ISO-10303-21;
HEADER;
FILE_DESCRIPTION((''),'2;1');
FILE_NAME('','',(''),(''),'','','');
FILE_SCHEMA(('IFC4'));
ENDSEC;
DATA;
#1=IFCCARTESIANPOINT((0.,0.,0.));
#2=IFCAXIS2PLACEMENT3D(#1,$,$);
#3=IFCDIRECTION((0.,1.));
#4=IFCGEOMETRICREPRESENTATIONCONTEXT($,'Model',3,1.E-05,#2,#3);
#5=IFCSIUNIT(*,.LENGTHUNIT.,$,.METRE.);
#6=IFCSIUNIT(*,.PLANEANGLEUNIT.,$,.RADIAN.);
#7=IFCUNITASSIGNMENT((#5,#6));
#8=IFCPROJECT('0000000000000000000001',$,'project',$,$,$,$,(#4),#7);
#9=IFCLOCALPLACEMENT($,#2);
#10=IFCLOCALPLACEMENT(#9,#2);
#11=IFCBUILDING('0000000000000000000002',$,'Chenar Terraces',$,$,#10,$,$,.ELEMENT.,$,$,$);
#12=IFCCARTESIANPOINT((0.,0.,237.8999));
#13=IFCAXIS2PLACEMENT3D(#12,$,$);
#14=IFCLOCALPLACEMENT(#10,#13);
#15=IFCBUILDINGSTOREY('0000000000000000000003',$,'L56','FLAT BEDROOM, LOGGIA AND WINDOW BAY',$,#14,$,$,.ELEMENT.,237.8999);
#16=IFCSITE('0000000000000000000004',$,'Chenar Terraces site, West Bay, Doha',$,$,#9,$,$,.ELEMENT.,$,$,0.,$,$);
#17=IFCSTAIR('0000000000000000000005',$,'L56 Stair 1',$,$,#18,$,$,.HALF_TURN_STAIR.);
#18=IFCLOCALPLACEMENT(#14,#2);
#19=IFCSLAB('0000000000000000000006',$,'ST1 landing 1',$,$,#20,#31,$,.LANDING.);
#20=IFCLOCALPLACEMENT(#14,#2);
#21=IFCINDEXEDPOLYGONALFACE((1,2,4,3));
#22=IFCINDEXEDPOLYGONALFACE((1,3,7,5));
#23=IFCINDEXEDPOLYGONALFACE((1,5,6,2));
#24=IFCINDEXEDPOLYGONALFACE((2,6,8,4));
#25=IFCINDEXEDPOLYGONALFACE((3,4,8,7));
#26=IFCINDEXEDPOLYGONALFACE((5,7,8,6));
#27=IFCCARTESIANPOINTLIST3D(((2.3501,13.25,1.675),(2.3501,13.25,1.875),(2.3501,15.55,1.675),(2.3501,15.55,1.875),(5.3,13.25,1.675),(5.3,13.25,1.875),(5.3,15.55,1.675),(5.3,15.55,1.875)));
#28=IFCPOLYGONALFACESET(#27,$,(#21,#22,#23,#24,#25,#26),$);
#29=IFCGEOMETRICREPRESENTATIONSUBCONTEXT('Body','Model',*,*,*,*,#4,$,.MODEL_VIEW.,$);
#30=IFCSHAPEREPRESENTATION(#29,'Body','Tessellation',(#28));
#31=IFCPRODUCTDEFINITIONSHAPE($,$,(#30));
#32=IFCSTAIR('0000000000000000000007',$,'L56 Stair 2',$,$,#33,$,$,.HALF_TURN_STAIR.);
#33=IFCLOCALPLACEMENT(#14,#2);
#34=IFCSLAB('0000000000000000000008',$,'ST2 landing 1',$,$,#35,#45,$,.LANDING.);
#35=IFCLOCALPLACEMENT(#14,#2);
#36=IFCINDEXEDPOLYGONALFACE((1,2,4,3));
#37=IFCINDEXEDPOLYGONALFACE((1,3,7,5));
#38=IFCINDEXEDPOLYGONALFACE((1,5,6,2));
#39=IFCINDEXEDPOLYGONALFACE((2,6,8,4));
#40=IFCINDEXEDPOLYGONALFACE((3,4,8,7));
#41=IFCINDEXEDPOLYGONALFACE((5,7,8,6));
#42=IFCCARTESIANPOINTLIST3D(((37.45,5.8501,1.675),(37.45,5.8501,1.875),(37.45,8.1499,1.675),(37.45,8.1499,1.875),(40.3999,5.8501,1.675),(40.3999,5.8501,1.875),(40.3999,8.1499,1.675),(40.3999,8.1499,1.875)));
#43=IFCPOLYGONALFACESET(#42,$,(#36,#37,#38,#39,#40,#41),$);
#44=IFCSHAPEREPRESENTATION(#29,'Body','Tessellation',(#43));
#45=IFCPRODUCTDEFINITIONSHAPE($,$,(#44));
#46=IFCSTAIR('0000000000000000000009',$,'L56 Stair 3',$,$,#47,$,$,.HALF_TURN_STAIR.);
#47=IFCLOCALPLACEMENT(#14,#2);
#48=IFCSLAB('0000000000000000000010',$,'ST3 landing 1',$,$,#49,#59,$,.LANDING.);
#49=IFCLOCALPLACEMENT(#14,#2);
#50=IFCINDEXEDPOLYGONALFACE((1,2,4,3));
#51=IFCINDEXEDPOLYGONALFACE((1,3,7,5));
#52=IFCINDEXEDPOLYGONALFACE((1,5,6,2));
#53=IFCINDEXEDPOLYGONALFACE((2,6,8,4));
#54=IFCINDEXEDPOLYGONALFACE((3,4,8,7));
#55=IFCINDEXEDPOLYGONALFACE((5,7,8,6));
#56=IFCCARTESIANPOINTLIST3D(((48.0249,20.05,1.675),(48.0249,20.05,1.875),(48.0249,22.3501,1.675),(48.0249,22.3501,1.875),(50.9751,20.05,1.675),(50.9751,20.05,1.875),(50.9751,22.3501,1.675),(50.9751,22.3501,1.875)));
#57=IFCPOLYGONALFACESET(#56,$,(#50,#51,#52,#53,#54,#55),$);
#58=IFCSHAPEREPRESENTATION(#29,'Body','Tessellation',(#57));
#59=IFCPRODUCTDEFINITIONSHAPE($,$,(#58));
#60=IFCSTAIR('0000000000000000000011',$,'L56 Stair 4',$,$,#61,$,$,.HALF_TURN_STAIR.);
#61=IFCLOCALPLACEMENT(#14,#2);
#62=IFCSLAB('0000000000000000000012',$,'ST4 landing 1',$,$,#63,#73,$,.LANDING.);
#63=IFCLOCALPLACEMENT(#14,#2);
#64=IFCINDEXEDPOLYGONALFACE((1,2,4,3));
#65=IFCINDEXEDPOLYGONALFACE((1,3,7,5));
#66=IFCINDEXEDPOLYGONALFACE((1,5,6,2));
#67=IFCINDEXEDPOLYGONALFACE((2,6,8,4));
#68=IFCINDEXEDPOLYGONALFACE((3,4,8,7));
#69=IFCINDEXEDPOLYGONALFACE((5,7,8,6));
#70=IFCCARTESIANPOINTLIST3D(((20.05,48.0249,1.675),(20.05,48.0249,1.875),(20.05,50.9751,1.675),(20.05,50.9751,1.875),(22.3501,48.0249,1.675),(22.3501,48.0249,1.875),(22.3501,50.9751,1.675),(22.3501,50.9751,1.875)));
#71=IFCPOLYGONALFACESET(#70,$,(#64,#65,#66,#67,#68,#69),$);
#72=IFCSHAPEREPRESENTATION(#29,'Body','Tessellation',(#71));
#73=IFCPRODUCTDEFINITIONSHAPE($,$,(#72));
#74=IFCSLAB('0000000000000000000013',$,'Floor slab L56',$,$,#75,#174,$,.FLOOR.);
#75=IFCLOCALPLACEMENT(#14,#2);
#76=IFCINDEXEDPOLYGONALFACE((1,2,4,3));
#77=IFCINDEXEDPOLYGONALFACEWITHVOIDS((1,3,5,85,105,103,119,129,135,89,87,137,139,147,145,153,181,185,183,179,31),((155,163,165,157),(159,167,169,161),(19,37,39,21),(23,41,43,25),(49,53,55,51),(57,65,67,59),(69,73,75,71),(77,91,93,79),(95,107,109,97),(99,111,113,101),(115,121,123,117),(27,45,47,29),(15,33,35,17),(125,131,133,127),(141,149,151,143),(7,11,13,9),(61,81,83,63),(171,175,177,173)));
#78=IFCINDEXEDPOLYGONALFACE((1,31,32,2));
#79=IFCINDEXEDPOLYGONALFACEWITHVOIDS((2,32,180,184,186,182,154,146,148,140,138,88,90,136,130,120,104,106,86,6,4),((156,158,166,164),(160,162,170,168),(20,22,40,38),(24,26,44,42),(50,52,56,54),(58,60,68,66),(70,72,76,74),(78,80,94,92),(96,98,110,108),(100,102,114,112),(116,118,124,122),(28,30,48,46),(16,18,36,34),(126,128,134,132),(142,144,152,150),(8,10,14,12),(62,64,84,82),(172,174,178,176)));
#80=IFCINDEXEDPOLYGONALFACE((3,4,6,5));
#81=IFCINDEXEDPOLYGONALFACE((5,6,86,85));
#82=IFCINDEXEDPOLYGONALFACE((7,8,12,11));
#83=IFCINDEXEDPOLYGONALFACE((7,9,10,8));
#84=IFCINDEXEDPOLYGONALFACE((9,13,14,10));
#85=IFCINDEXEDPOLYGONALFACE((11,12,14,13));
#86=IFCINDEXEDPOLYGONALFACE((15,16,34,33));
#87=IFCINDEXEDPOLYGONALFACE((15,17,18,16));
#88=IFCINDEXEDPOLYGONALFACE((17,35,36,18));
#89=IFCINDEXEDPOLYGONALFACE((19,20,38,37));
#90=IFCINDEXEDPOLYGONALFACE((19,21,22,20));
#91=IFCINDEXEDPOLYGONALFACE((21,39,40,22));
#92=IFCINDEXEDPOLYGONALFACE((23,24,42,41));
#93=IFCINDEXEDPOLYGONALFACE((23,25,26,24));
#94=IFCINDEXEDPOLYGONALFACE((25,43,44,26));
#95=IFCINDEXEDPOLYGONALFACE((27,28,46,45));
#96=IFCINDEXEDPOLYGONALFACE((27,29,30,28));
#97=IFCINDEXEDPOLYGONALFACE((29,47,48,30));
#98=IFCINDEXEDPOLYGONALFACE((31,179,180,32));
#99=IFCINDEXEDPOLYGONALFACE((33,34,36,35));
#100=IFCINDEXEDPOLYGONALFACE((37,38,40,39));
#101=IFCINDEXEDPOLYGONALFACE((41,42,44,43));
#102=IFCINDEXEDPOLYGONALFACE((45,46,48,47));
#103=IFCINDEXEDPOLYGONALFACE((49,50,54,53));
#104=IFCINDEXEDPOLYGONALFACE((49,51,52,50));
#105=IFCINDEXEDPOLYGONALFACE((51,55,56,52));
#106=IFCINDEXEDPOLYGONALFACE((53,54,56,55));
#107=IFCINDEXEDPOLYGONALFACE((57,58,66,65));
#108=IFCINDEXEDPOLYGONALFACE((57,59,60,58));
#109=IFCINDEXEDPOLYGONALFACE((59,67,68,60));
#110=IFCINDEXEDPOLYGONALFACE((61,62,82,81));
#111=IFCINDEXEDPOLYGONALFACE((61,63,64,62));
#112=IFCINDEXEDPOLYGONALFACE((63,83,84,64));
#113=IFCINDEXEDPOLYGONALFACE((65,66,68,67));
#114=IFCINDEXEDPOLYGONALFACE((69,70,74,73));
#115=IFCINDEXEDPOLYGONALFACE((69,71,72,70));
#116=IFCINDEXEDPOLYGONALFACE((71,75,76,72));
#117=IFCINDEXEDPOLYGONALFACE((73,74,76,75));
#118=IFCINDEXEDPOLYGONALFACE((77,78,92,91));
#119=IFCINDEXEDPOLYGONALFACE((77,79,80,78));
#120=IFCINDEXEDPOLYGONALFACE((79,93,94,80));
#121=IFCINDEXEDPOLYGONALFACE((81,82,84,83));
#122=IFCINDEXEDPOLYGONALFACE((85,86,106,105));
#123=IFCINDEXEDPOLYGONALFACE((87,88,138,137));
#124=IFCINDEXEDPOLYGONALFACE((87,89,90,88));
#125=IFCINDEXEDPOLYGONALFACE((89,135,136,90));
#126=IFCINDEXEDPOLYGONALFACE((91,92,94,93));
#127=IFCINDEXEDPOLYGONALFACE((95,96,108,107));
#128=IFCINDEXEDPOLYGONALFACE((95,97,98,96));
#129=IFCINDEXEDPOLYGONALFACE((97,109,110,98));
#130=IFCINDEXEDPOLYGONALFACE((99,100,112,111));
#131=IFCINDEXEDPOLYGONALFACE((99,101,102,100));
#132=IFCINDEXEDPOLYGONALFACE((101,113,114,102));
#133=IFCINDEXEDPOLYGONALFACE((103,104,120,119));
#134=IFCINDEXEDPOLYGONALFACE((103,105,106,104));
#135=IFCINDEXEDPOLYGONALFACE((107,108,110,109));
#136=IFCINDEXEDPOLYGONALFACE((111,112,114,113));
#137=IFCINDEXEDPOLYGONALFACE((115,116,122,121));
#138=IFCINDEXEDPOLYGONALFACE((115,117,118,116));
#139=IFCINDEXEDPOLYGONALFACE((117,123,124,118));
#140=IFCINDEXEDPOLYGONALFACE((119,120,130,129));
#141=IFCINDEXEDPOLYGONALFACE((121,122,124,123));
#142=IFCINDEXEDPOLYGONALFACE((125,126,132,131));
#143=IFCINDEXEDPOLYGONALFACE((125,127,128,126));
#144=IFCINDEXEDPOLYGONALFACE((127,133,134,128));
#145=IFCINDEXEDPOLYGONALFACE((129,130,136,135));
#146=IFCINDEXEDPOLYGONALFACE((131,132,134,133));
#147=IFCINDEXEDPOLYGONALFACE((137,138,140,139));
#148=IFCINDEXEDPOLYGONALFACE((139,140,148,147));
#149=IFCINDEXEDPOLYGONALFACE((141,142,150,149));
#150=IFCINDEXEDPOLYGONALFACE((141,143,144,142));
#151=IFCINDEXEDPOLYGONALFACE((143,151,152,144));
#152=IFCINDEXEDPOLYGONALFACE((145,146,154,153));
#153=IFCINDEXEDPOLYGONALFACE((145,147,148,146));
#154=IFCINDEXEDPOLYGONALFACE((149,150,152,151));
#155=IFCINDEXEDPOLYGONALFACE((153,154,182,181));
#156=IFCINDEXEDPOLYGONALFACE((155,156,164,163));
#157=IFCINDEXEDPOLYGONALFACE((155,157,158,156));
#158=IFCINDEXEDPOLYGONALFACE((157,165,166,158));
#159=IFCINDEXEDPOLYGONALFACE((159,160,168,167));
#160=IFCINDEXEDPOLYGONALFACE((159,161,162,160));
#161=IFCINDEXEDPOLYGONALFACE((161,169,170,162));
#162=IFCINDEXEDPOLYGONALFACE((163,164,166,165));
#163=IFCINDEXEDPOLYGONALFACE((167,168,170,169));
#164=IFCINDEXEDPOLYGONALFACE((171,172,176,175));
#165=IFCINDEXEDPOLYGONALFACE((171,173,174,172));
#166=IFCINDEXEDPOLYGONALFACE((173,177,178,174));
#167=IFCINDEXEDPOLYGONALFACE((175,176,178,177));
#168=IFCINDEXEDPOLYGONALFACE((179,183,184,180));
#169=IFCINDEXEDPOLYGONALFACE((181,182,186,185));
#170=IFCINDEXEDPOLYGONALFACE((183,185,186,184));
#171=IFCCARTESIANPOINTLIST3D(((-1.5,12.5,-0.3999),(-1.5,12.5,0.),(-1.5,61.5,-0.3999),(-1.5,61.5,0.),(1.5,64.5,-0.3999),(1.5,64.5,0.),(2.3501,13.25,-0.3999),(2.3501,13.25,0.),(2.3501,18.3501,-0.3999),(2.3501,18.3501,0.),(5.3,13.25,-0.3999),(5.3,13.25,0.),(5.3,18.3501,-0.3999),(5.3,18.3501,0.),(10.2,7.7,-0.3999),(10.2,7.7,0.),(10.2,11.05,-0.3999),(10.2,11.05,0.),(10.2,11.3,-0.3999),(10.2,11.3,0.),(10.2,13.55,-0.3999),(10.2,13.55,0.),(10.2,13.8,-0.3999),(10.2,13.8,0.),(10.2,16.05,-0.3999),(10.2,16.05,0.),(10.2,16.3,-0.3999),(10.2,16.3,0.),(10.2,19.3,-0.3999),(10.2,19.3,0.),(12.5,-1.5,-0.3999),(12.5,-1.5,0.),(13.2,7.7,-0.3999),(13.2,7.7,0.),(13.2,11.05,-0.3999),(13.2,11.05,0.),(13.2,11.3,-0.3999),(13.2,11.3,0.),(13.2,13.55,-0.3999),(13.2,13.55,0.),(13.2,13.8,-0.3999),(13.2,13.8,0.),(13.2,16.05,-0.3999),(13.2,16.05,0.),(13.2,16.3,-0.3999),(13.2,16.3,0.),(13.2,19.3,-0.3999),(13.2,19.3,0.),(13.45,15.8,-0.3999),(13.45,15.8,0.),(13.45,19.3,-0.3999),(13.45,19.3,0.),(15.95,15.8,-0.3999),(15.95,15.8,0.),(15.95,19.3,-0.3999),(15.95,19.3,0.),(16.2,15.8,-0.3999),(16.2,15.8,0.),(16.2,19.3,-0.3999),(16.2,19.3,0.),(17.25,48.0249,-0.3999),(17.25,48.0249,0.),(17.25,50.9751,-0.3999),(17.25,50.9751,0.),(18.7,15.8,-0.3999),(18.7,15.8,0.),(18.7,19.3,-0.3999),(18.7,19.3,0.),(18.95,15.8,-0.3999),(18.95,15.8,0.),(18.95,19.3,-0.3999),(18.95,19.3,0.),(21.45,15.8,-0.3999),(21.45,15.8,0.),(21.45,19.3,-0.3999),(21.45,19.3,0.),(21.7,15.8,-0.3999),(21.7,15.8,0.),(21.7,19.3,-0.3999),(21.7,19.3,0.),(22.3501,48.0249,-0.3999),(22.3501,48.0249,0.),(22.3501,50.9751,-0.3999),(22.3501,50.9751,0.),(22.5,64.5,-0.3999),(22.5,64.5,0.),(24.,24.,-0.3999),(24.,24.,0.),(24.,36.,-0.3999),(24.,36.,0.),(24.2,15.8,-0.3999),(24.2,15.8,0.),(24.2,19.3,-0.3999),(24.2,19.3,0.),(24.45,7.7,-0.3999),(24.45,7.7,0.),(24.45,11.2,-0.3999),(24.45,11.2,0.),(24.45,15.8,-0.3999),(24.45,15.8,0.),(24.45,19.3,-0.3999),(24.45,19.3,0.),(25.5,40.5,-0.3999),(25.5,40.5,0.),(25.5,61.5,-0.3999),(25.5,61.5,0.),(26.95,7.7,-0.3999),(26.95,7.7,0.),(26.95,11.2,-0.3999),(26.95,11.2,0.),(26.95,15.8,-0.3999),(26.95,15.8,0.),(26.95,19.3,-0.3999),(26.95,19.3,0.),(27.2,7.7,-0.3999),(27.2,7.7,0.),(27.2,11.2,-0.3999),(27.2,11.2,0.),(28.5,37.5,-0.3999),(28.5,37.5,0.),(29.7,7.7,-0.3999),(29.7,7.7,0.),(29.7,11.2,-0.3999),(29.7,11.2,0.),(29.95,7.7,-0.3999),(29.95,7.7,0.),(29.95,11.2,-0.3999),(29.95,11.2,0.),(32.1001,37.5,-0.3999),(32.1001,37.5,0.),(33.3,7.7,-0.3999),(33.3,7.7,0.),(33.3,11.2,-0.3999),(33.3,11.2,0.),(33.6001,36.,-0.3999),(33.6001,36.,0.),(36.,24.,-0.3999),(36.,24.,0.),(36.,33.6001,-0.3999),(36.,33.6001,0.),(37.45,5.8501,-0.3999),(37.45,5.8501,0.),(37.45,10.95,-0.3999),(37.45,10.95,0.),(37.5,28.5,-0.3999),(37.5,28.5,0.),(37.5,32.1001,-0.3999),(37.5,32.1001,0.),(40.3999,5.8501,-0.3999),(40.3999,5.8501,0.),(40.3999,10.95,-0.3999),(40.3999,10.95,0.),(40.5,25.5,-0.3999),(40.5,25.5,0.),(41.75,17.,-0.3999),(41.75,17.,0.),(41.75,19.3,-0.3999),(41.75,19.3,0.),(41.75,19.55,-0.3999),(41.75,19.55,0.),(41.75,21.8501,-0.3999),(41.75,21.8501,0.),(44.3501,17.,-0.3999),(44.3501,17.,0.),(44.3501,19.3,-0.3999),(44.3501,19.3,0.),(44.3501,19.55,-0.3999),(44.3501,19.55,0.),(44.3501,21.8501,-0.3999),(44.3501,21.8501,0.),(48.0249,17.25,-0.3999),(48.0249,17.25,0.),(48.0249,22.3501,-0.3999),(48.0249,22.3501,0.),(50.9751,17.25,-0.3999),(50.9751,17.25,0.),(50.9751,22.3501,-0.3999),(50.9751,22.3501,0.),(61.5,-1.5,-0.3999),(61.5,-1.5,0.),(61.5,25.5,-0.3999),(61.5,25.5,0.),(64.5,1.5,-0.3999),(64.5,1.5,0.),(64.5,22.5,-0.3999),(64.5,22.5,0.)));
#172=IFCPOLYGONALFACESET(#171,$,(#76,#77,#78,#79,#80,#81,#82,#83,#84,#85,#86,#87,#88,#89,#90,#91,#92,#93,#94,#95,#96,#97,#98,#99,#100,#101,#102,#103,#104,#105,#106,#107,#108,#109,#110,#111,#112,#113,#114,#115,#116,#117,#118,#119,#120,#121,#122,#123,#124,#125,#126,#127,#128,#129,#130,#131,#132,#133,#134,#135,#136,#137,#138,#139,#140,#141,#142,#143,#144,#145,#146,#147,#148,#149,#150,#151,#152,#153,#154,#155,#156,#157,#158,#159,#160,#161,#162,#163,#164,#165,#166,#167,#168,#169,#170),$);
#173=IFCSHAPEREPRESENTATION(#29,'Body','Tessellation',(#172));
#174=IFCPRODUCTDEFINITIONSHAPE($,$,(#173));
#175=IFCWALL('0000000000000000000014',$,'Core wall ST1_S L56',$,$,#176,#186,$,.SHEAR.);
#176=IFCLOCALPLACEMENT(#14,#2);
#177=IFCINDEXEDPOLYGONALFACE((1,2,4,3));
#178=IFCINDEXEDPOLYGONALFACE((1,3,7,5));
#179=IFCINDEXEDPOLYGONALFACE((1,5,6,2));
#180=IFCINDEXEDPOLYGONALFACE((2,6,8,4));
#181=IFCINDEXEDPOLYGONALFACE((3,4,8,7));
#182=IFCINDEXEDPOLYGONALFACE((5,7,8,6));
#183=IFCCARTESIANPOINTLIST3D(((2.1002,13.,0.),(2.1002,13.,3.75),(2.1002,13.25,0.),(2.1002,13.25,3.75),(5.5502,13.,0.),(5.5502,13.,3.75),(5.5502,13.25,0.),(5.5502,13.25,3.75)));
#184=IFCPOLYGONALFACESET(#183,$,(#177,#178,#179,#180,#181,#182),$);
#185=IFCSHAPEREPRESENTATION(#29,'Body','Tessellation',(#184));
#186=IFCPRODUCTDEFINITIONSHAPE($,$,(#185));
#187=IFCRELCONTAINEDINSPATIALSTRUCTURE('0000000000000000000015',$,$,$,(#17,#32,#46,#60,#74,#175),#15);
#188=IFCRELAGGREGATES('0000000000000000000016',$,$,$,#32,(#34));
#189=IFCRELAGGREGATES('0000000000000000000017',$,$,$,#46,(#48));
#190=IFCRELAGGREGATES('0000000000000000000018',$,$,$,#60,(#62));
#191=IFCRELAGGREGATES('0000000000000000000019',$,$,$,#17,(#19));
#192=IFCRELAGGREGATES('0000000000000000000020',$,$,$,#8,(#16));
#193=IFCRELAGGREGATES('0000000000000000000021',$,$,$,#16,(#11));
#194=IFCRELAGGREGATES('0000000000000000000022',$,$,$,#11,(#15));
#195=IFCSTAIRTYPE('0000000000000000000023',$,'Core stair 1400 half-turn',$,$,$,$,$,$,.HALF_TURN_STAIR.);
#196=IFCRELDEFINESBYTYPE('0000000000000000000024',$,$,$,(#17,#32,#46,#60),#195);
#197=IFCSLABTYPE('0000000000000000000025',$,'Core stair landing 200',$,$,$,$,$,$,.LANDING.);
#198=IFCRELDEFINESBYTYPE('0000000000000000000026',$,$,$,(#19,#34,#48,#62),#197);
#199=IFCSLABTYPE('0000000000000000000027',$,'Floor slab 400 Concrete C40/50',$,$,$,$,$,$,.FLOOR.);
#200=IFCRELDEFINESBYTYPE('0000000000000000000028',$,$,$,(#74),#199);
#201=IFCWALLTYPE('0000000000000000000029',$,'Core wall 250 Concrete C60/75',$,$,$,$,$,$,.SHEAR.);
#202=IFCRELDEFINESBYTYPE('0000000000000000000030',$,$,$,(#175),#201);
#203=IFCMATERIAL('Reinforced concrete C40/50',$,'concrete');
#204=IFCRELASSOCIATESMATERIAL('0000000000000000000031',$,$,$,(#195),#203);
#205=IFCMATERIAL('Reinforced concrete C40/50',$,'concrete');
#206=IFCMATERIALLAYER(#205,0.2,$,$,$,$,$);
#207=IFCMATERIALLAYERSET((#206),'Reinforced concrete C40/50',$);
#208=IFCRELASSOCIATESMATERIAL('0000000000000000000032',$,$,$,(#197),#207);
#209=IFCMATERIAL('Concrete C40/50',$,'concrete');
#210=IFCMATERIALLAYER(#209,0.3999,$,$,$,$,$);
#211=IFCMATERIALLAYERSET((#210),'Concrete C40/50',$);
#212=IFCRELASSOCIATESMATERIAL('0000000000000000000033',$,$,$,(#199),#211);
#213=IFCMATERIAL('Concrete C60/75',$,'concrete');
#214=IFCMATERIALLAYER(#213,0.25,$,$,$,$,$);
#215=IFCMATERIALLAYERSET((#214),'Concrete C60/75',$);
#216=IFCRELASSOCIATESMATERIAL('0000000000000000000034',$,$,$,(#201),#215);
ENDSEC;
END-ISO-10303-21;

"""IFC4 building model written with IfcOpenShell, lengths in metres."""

from ifc_helpers import new_model, si_unit, direction, frame, frame_2d, origin, place, context, subcontext, project, spatial, polyline, rectangle, outline, extrude, material, layer, layer_set, type_object, element, aggregate, save


model = new_model("IFC4")

# Units and contexts
model_context = context("Model", 3, precision=1e-05, world=origin(), true_north=direction((0.0, 1.0)))
body_context = subcontext(model_context, "Body", "Model", "MODEL_VIEW")
ifc_project = project(units=[si_unit("LENGTHUNIT", "METRE"), si_unit("PLANEANGLEUNIT", "RADIAN")], contexts=[model_context])

# Site, building, storey
site_placement = place(None, origin())
site = spatial("IfcSite", under=ifc_project, at=site_placement, Name="Chenar Terraces site, West Bay, Doha", CompositionType="ELEMENT", RefElevation=0.0)
building_placement = place(site_placement, origin())
building = spatial("IfcBuilding", under=site, at=building_placement, Name="Chenar Terraces", CompositionType="ELEMENT")
storey_placement = place(building_placement, frame((0.0, 0.0, 237.8999)))
storey = spatial("IfcBuildingStorey", under=building, at=storey_placement, Name="L56", Description="FLAT BEDROOM, LOGGIA AND WINDOW BAY", CompositionType="ELEMENT", Elevation=237.8999)

# Stairs, slabs
ifc_material_1 = material(Name="Reinforced concrete C40/50", Category="concrete")
stair_type = type_object("IfcStairType", Name="Core stair 1400 half-turn", PredefinedType="HALF_TURN_STAIR", material=ifc_material_1)
placement_1 = place(storey_placement, origin())
stair_1 = element("IfcStair", 1, at=placement_1, inside=storey, type_object=stair_type, Name="L56 Stair 1", PredefinedType="HALF_TURN_STAIR")
ifc_material_2 = material(Name="Reinforced concrete C40/50", Category="concrete")
ifc_layer_1 = layer(ifc_material_2, 0.2)
ifc_layer_set_1 = layer_set([ifc_layer_1], Name="Reinforced concrete C40/50")
slab_type_1 = type_object("IfcSlabType", Name="Core stair landing 200", PredefinedType="LANDING", material=ifc_layer_set_1)
placement_2 = place(storey_placement, frame((0.0, 0.0, 1.675)))
slab_1 = element("IfcSlab", 2, at=placement_2, type_object=slab_type_1, Name="ST1 landing 1", PredefinedType="LANDING", context=body_context, shape_type="SweptSolid", body=[
    extrude(outline(polyline([(2.3501, 15.55), (2.3501, 13.25), (5.3, 13.25), (5.3, 15.55), (2.3501, 15.55)])), origin(), (0.0, 0.0, 1.0), 0.2),
])
stair_2 = element("IfcStair", 3, at=placement_1, inside=storey, type_object=stair_type, Name="L56 Stair 2", PredefinedType="HALF_TURN_STAIR")
slab_2 = element("IfcSlab", 4, at=placement_2, type_object=slab_type_1, Name="ST2 landing 1", PredefinedType="LANDING", context=body_context, shape_type="SweptSolid", body=[
    extrude(outline(polyline([(37.45, 8.1499), (37.45, 5.8501), (40.3999, 5.8501), (40.3999, 8.1499), (37.45, 8.1499)])), origin(), (0.0, 0.0, 1.0), 0.2),
])
aggregate(stair_2, [slab_2])
stair_3 = element("IfcStair", 5, at=placement_1, inside=storey, type_object=stair_type, Name="L56 Stair 3", PredefinedType="HALF_TURN_STAIR")
slab_3 = element("IfcSlab", 6, at=placement_2, type_object=slab_type_1, Name="ST3 landing 1", PredefinedType="LANDING", context=body_context, shape_type="SweptSolid", body=[
    extrude(outline(polyline([(50.9751, 20.05), (50.9751, 22.3501), (48.0249, 22.3501), (48.0249, 20.05), (50.9751, 20.05)])), origin(), (0.0, 0.0, 1.0), 0.2),
])
aggregate(stair_3, [slab_3])
stair_4 = element("IfcStair", 7, at=placement_1, inside=storey, type_object=stair_type, Name="L56 Stair 4", PredefinedType="HALF_TURN_STAIR")
slab_4 = element("IfcSlab", 8, at=placement_2, type_object=slab_type_1, Name="ST4 landing 1", PredefinedType="LANDING", context=body_context, shape_type="SweptSolid", body=[
    extrude(outline(polyline([(20.05, 48.0249), (22.3501, 48.0249), (22.3501, 50.9751), (20.05, 50.9751), (20.05, 48.0249)])), origin(), (0.0, 0.0, 1.0), 0.2),
])
aggregate(stair_4, [slab_4])

# Slab
ifc_material_3 = material(Name="Concrete C40/50", Category="concrete")
ifc_layer_2 = layer(ifc_material_3, 0.3999)
ifc_layer_set_2 = layer_set([ifc_layer_2], Name="Concrete C40/50")
slab_type_2 = type_object("IfcSlabType", Name="Floor slab 400 Concrete C40/50", PredefinedType="FLOOR", material=ifc_layer_set_2)
slab_5_placement = place(storey_placement, frame((0.0, 0.0, -0.3999)))
element("IfcSlab", 9, at=slab_5_placement, inside=storey, type_object=slab_type_2, Name="Floor slab L56", PredefinedType="FLOOR", context=body_context, shape_type="SweptSolid", body=[
    extrude(outline(polyline([(64.5, 22.5), (64.5, 1.5), (61.5, -1.5), (12.5, -1.5), (-1.5, 12.5), (-1.5, 61.5), (1.5, 64.5), (22.5, 64.5), (25.5, 61.5), (25.5, 40.5), (28.5, 37.5), (32.1001, 37.5), (33.6001, 36.0), (24.0, 36.0), (24.0, 24.0), (36.0, 24.0), (36.0, 33.6001), (37.5, 32.1001), (37.5, 28.5), (40.5, 25.5), (61.5, 25.5), (64.5, 22.5)]), holes=[polyline([(13.2, 11.05), (10.2, 11.05), (10.2, 7.7), (13.2, 7.7), (13.2, 11.05)]), polyline([(13.2, 13.55), (10.2, 13.55), (10.2, 11.3), (13.2, 11.3), (13.2, 13.55)]), polyline([(13.2, 16.05), (10.2, 16.05), (10.2, 13.8), (13.2, 13.8), (13.2, 16.05)]), polyline([(2.3501, 13.25), (5.3, 13.25), (5.3, 18.3501), (2.3501, 18.3501), (2.3501, 13.25)]), polyline([(15.95, 19.3), (13.45, 19.3), (13.45, 15.8), (15.95, 15.8), (15.95, 19.3)]), polyline([(18.7, 19.3), (16.2, 19.3), (16.2, 15.8), (18.7, 15.8), (18.7, 19.3)]), polyline([(21.45, 19.3), (18.95, 19.3), (18.95, 15.8), (21.45, 15.8), (21.45, 19.3)]), polyline([(24.2, 15.8), (24.2, 19.3), (21.7, 19.3), (21.7, 15.8), (24.2, 15.8)]), polyline([(13.2, 16.3), (13.2, 19.3), (10.2, 19.3), (10.2, 16.3), (13.2, 16.3)]), polyline([(22.3501, 48.0249), (22.3501, 50.9751), (17.25, 50.9751), (17.25, 48.0249), (22.3501, 48.0249)]), polyline([(37.45, 5.8501), (40.3999, 5.8501), (40.3999, 10.95), (37.45, 10.95), (37.45, 5.8501)]), polyline([(26.95, 11.2), (24.45, 11.2), (24.45, 7.7), (26.95, 7.7), (26.95, 11.2)]), polyline([(29.7, 7.7), (29.7, 11.2), (27.2, 11.2), (27.2, 7.7), (29.7, 7.7)]), polyline([(33.3, 7.7), (33.3, 11.2), (29.95, 11.2), (29.95, 7.7), (33.3, 7.7)]), polyline([(26.95, 19.3), (24.45, 19.3), (24.45, 15.8), (26.95, 15.8), (26.95, 19.3)]), polyline([(44.3501, 19.3), (41.75, 19.3), (41.75, 17.0), (44.3501, 17.0), (44.3501, 19.3)]), polyline([(50.9751, 22.3501), (48.0249, 22.3501), (48.0249, 17.25), (50.9751, 17.25), (50.9751, 22.3501)]), polyline([(44.3501, 19.55), (44.3501, 21.8501), (41.75, 21.8501), (41.75, 19.55), (44.3501, 19.55)])]), origin(), (0.0, 0.0, 1.0), 0.3999),
])

# Wall
ifc_material_4 = material(Name="Concrete C60/75", Category="concrete")
ifc_layer_3 = layer(ifc_material_4, 0.25)
ifc_layer_set_3 = layer_set([ifc_layer_3], Name="Concrete C60/75")
wall_type_1 = type_object("IfcWallType", Name="Core wall 250 Concrete C60/75", PredefinedType="SHEAR", material=ifc_layer_set_3)
wall_1_placement = place(storey_placement, frame((2.1001, 13.125, 0.0), z_axis=(0.0, 0.0, 1.0), x_axis=(1.0, 0.0, 0.0)))
element("IfcWall", 10, at=wall_1_placement, inside=storey, type_object=wall_type_1, Name="Core wall ST1_S L56", PredefinedType="SHEAR", context=body_context, shape_type="SweptSolid", body=[
    extrude(rectangle(XDim=3.45, YDim=0.25, at=frame_2d((1.7251, 0.0))), origin(), (0.0, 0.0, 1.0), 3.75),
])

aggregate(stair_1, [slab_1])

save(model, "model.ifc")
